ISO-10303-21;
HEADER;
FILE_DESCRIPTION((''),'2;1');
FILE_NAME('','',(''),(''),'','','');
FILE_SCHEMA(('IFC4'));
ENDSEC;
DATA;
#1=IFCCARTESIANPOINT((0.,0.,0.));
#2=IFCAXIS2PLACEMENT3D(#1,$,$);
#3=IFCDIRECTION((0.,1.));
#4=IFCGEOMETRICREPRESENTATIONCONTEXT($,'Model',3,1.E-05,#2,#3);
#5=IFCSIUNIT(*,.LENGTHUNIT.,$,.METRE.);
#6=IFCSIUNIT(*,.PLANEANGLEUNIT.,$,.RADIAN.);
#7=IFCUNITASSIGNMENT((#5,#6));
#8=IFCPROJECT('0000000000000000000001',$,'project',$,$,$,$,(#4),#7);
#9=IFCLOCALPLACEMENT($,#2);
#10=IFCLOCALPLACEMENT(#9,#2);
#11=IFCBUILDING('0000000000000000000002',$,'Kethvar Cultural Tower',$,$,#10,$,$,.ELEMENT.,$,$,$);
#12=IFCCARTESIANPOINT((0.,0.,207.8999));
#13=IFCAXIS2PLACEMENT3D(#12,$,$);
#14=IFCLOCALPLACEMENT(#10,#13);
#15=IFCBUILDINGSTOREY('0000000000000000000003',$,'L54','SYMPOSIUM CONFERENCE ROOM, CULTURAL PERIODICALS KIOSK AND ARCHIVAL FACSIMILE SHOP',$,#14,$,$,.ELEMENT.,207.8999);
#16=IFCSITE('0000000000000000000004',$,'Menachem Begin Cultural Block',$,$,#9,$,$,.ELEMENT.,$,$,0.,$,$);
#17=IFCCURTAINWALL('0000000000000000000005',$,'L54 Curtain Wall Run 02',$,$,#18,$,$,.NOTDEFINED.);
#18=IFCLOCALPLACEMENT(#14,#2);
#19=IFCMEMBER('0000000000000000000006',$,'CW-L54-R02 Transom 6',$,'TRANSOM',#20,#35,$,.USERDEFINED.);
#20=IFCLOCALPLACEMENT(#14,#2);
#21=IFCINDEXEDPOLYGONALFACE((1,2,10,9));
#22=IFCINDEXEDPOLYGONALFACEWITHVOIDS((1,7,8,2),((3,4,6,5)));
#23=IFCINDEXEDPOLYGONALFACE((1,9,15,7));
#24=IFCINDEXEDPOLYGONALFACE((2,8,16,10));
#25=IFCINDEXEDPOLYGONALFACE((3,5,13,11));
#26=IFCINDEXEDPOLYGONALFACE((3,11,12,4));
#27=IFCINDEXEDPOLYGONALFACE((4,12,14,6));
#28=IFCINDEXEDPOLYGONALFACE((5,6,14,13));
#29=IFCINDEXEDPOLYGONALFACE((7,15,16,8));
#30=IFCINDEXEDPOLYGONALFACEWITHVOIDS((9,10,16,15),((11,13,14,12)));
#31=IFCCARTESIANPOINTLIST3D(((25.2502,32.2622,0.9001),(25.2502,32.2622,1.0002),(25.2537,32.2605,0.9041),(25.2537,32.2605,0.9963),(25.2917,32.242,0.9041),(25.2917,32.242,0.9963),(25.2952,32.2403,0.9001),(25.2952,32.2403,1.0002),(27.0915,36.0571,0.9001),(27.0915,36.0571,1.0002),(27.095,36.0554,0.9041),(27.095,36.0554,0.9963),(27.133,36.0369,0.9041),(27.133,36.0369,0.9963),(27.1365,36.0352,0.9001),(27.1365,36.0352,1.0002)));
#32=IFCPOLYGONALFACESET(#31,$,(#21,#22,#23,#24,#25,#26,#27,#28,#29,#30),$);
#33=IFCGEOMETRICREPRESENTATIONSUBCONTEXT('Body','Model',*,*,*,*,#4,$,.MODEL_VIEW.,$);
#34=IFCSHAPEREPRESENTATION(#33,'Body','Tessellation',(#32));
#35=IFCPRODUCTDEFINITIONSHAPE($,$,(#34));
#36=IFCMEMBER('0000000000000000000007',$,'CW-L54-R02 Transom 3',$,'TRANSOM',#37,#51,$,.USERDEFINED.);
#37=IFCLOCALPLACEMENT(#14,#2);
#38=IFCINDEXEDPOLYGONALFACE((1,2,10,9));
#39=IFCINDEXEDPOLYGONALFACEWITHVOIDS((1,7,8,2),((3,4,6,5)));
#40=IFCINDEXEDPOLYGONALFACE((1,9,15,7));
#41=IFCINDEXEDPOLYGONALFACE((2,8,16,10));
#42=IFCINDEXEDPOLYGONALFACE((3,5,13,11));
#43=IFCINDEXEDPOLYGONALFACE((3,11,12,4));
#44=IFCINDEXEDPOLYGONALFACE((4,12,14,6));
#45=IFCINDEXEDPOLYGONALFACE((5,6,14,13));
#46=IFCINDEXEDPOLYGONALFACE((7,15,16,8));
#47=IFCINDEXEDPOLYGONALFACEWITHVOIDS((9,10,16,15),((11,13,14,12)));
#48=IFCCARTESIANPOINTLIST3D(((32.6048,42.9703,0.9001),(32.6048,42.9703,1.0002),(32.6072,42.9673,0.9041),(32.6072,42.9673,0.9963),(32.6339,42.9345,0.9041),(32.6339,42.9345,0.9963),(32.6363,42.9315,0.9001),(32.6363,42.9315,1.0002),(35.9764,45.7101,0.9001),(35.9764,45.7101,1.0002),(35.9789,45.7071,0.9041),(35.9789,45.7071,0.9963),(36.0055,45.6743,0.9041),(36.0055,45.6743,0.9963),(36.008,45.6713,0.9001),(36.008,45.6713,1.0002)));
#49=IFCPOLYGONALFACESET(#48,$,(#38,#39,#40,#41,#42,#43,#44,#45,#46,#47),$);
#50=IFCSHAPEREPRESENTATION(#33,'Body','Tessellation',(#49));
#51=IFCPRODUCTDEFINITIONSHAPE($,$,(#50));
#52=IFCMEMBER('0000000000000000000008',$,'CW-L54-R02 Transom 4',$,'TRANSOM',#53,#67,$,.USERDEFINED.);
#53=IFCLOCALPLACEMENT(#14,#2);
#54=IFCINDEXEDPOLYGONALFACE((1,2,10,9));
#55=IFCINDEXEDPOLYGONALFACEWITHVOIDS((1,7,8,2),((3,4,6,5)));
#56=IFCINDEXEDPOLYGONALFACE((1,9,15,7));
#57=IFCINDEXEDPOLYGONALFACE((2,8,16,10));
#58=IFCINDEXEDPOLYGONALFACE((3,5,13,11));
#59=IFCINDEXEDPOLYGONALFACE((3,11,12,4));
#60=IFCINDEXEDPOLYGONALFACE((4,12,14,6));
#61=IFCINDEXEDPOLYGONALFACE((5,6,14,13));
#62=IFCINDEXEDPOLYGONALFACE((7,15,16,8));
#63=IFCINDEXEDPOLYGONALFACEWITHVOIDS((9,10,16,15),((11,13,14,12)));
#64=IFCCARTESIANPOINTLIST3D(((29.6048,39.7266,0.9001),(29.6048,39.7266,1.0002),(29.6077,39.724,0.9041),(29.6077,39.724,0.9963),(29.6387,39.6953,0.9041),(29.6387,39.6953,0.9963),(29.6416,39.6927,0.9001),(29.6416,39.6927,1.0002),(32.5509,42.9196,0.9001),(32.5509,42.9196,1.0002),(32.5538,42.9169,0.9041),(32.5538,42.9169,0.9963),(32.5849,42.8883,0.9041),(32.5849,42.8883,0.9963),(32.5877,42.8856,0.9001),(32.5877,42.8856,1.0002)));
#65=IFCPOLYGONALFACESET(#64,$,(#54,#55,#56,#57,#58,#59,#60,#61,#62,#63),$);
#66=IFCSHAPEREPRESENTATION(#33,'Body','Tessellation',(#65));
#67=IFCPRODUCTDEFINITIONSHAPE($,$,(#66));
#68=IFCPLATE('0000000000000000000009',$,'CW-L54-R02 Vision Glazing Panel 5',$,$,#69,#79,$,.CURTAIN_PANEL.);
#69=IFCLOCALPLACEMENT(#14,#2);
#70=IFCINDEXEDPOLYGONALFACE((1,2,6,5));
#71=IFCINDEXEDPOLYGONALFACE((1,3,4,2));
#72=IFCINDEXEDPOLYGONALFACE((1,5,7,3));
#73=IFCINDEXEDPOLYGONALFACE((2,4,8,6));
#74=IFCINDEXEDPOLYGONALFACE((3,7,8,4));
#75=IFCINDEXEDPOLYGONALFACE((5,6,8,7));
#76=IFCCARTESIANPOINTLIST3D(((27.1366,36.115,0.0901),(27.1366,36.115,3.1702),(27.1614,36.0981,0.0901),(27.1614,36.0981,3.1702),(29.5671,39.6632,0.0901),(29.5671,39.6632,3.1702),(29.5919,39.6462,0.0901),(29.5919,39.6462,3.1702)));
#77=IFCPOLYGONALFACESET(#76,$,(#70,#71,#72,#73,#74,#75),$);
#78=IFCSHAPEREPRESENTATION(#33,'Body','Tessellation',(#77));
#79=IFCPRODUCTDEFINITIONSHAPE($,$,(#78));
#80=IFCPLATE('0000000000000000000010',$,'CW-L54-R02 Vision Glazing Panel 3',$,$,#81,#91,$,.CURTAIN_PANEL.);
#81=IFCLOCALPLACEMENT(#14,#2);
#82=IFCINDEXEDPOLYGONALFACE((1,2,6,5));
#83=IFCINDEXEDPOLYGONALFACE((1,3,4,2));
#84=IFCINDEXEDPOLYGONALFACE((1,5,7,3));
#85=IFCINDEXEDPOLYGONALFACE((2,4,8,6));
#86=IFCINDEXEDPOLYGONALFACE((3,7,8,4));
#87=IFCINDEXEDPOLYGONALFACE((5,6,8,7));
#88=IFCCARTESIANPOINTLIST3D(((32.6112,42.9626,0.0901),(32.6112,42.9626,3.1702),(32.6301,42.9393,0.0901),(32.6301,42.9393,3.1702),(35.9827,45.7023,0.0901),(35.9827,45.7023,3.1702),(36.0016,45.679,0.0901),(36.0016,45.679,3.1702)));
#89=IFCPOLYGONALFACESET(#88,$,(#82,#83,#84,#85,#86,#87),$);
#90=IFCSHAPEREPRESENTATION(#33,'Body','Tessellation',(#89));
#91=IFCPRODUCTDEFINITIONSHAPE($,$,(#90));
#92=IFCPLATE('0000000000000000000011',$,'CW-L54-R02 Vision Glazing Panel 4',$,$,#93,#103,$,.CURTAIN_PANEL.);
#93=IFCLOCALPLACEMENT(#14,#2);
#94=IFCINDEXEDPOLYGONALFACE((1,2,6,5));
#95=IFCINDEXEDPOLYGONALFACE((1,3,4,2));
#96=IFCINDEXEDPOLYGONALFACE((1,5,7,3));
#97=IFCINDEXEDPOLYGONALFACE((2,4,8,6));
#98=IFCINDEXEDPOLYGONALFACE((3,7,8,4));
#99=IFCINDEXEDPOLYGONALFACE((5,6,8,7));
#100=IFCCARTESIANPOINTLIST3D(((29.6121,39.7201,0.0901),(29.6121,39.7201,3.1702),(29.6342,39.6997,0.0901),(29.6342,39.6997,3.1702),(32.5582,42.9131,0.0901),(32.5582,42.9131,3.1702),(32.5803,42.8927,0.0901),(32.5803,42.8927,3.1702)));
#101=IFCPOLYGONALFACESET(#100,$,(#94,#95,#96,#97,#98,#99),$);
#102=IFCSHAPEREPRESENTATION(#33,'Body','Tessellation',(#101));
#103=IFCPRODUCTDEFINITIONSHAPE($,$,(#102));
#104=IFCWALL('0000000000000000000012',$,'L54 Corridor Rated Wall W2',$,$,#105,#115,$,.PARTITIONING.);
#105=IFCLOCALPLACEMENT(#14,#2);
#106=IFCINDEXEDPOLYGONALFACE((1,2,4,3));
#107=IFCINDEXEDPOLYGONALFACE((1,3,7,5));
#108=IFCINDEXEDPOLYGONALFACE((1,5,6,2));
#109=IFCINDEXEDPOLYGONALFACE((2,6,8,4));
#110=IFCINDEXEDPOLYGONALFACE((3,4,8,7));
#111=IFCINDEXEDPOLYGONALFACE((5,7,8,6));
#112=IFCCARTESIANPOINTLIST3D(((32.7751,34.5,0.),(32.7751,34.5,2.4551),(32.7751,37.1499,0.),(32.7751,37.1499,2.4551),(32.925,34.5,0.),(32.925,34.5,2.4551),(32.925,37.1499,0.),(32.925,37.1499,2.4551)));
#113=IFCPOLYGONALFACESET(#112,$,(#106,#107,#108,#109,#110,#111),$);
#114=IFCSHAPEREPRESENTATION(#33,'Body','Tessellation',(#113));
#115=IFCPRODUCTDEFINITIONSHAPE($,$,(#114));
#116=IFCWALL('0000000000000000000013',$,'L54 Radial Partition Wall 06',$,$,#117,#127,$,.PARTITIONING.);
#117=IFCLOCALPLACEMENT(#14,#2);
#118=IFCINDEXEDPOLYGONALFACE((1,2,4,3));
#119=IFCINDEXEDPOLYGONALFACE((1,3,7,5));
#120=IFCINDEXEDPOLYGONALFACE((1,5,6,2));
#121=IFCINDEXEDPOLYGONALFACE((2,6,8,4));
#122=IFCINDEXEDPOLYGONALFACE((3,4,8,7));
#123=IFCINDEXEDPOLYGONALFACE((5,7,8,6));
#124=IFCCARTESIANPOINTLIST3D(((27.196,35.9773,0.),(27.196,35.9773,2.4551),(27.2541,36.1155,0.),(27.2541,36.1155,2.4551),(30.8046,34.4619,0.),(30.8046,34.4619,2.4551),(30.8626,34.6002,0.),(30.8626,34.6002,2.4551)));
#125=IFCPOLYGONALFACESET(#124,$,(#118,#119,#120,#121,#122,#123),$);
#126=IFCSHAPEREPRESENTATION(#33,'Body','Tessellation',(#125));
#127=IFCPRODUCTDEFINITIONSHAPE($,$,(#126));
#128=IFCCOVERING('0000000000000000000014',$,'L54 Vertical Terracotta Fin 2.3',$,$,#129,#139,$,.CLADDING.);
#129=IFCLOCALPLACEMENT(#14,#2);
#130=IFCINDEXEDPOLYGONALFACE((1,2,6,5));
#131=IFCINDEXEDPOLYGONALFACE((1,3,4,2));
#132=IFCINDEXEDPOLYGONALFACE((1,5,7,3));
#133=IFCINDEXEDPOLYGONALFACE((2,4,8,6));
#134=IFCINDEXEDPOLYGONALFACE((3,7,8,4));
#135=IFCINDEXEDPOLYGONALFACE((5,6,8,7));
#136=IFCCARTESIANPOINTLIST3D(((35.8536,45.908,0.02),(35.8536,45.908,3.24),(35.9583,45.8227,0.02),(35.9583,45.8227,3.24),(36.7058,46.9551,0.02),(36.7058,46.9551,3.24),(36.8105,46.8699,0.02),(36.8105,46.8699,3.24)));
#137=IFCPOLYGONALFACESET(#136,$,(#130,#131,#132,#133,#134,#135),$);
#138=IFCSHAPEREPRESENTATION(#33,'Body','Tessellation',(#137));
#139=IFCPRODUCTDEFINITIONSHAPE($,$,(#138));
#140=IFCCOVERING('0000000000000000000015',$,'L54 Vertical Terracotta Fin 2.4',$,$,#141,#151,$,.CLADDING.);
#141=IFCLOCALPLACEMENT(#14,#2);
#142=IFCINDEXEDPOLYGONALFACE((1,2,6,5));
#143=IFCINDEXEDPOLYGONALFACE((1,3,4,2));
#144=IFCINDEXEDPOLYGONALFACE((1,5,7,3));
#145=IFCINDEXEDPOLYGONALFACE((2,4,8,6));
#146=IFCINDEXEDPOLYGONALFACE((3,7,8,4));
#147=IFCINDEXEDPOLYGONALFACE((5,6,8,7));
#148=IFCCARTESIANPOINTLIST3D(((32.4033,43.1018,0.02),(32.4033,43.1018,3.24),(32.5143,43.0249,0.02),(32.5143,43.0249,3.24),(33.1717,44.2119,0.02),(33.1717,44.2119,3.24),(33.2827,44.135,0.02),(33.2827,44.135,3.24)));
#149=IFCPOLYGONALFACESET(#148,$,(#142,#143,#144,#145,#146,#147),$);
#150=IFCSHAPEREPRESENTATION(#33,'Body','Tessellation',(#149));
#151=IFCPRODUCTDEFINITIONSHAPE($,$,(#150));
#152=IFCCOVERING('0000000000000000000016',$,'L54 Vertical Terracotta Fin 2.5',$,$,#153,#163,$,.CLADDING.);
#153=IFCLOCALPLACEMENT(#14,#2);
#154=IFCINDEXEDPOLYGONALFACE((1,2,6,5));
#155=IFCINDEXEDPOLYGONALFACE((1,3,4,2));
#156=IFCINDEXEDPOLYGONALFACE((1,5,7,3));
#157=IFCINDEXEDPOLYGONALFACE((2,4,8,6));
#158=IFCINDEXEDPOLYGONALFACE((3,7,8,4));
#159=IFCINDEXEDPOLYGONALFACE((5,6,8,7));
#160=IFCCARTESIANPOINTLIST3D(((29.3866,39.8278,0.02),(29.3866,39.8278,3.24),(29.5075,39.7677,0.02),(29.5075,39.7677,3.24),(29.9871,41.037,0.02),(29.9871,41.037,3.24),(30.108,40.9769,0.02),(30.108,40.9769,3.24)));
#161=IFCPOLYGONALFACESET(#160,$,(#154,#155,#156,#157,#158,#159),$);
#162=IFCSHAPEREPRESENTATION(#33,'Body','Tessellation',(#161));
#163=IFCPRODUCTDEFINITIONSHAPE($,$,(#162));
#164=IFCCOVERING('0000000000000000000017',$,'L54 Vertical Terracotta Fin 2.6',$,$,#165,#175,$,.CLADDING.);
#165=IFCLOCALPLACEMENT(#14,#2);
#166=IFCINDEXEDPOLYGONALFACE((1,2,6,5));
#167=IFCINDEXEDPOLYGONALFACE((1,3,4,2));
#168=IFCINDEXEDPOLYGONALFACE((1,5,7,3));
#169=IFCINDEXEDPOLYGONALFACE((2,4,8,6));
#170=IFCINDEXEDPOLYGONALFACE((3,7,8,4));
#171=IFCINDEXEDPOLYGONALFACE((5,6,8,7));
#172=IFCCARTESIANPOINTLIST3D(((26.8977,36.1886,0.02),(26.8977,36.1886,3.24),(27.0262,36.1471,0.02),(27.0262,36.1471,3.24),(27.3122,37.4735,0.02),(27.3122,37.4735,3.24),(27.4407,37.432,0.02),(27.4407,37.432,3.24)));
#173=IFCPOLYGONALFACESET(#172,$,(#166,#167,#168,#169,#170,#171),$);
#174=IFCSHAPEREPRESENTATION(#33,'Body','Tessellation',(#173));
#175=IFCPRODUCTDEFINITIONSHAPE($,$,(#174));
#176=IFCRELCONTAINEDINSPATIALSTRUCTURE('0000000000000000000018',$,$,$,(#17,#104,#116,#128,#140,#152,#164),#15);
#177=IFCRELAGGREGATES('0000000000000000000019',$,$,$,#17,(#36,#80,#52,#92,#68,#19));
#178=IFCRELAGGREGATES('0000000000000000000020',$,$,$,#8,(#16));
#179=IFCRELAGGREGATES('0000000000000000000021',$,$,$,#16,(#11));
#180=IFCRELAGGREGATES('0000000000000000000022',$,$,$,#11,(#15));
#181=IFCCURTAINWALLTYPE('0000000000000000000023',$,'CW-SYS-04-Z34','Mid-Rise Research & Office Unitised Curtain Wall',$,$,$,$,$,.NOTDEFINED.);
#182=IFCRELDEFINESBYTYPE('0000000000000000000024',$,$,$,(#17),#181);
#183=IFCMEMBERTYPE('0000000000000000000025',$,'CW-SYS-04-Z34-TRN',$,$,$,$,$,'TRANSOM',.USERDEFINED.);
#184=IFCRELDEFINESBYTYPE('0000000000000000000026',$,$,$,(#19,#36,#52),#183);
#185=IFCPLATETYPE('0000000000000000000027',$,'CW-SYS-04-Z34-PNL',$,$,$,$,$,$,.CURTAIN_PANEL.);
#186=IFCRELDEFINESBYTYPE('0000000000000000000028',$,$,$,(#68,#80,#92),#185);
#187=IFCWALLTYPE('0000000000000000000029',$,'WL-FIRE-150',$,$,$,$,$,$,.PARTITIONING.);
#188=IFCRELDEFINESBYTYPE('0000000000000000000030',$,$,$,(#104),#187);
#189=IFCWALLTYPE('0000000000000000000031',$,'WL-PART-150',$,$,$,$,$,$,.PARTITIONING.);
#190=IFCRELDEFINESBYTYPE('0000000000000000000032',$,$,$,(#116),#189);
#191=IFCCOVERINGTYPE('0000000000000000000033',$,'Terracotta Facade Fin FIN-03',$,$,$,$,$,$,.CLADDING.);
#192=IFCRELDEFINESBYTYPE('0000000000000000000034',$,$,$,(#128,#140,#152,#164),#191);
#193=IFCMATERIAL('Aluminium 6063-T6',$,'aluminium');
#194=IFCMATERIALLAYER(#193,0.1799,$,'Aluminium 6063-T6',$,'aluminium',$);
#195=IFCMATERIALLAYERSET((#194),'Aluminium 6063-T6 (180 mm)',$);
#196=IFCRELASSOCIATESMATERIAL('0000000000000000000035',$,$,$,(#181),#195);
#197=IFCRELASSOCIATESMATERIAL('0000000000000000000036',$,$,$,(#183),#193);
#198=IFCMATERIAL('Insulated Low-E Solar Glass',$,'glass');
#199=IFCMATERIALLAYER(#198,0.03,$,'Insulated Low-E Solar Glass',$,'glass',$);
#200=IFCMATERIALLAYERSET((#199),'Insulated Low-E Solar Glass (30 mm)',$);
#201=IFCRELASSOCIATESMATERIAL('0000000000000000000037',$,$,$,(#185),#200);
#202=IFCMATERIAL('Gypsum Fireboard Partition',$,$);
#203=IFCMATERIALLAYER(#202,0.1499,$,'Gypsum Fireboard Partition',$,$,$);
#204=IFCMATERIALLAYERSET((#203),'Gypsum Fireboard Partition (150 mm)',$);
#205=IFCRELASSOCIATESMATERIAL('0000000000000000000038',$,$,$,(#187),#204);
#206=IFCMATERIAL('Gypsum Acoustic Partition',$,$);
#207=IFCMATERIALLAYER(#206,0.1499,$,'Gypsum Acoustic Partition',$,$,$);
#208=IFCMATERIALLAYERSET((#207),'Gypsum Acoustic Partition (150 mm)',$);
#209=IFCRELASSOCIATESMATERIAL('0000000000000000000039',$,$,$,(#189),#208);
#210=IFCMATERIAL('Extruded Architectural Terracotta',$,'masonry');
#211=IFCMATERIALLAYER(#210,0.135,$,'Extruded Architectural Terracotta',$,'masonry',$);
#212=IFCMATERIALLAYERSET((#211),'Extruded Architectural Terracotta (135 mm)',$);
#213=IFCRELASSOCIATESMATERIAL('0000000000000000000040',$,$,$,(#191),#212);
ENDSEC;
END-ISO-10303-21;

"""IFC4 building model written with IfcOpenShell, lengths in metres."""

from ifc_helpers import new_model, si_unit, direction, frame, frame_2d, origin, origin_2d, place, context, subcontext, project, spatial, rectangle, hollow_rectangle, extrude, source, transform, mapped, material, layer, layer_set, material_profile, profile_set, type_object, element, aggregate, save


model = new_model("IFC4")

# Units and contexts
model_context = context("Model", 3, precision=1e-05, world=origin(), true_north=direction((0.0, 1.0)))
body_context = subcontext(model_context, "Body", "Model", "MODEL_VIEW")
ifc_project = project(units=[si_unit("LENGTHUNIT", "METRE"), si_unit("PLANEANGLEUNIT", "RADIAN")], contexts=[model_context])

# Site, building, storey
site_placement = place(None, origin())
site = spatial("IfcSite", under=ifc_project, at=site_placement, Name="Menachem Begin Cultural Block", CompositionType="ELEMENT", RefElevation=0.0)
building_placement = place(site_placement, origin())
building = spatial("IfcBuilding", under=site, at=building_placement, Name="Kethvar Cultural Tower", CompositionType="ELEMENT")
storey_placement = place(building_placement, frame((0.0, 0.0, 207.8999)))
storey = spatial("IfcBuildingStorey", under=building, at=storey_placement, Name="L54", Description="SYMPOSIUM CONFERENCE ROOM, CULTURAL PERIODICALS KIOSK AND ARCHIVAL FACSIMILE SHOP", CompositionType="ELEMENT", Elevation=207.8999)

# Curtain wall, members, plates
ifc_material_1 = material(Name="Aluminium 6063-T6", Category="aluminium")
ifc_layer_1 = layer(ifc_material_1, 0.1799, Name="Aluminium 6063-T6", Category="aluminium")
ifc_layer_set_1 = layer_set([ifc_layer_1], Name="Aluminium 6063-T6 (180 mm)")
curtain_wall_type = type_object("IfcCurtainWallType", Name="CW-SYS-04-Z34", Description="Mid-Rise Research & Office Unitised Curtain Wall", PredefinedType="NOTDEFINED", material=ifc_layer_set_1)
curtain_wall_placement = place(storey_placement, origin())
curtain_wall = element("IfcCurtainWall", 1, at=curtain_wall_placement, inside=storey, type_object=curtain_wall_type, Name="L54 Curtain Wall Run 02", PredefinedType="NOTDEFINED")
ifc_material_profile_1 = material_profile(ifc_material_1, hollow_rectangle(XDim=0.05, YDim=0.1001, WallThickness=0.0039, at=origin_2d()), Name="Aluminium 6063-T6 — RHS100x50x4")
ifc_profile_set_1 = profile_set([ifc_material_profile_1], Name="Aluminium 6063-T6 — RHS100x50x4")
member_type_1 = type_object("IfcMemberType", Name="CW-SYS-04-Z34-TRN", ElementType="TRANSOM", PredefinedType="USERDEFINED", material=ifc_profile_set_1)
shared_shape_1 = source(origin(), body_context, "Body", "SweptSolid", [
    extrude(hollow_rectangle(XDim=0.05, YDim=0.1001, WallThickness=0.0039, at=origin_2d()), origin(), (0.0, 0.0, 1.0), 4.218),
])
member_1_placement = place(storey_placement, frame((27.114, 36.0461, 0.9502), z_axis=(-0.436532, -0.899689, 0.0), x_axis=(0.899689, -0.436532, 0.0)))
member_1 = element("IfcMember", 2, at=member_1_placement, type_object=member_type_1, Name="CW-L54-R02 Transom 6", ObjectType="TRANSOM", PredefinedType="USERDEFINED", context=body_context, shape_type="MappedRepresentation", body=[
    mapped(shared_shape_1, transform((0.0, 0.0, 0.0), scale=1.0)),
])
shared_shape_2 = source(origin(), body_context, "Body", "SweptSolid", [
    extrude(hollow_rectangle(XDim=0.05, YDim=0.1001, WallThickness=0.0039, at=origin_2d()), origin(), (0.0, 0.0, 1.0), 4.3445),
])
member_2_placement = place(storey_placement, frame((35.9922, 45.6907, 0.9502), z_axis=(-0.776076, -0.630639, 0.0), x_axis=(0.630639, -0.776076, 0.0)))
member_2 = element("IfcMember", 3, at=member_2_placement, type_object=member_type_1, Name="CW-L54-R02 Transom 3", ObjectType="TRANSOM", PredefinedType="USERDEFINED", context=body_context, shape_type="MappedRepresentation", body=[
    mapped(shared_shape_2, transform((0.0, 0.0, 0.0), scale=1.0)),
])
member_3_placement = place(storey_placement, frame((32.5693, 42.9026, 0.9502), z_axis=(-0.678128, -0.734943, 0.0), x_axis=(0.734943, -0.678128, 0.0)))
member_3 = element("IfcMember", 4, at=member_3_placement, type_object=member_type_1, Name="CW-L54-R02 Transom 4", ObjectType="TRANSOM", PredefinedType="USERDEFINED", context=body_context, shape_type="MappedRepresentation", body=[
    mapped(shared_shape_2, transform((0.0, 0.0, 0.0), scale=1.0)),
])
ifc_material_2 = material(Name="Insulated Low-E Solar Glass", Category="glass")
ifc_layer_2 = layer(ifc_material_2, 0.03, Name="Insulated Low-E Solar Glass", Category="glass")
ifc_layer_set_2 = layer_set([ifc_layer_2], Name="Insulated Low-E Solar Glass (30 mm)")
plate_type = type_object("IfcPlateType", Name="CW-SYS-04-Z34-PNL", PredefinedType="CURTAIN_PANEL", material=ifc_layer_set_2)
shared_shape_3 = source(origin(), body_context, "Body", "SweptSolid", [
    extrude(rectangle(XDim=4.3008, YDim=0.03, at=origin_2d()), origin(), (0.0, 0.0, 1.0), 3.0801),
])
plate_1_placement = place(storey_placement, frame((28.3643, 37.8806, 0.0901), z_axis=(0.0, 0.0, 1.0), x_axis=(-0.56514, -0.824995, 0.0)))
plate_1 = element("IfcPlate", 5, at=plate_1_placement, type_object=plate_type, Name="CW-L54-R02 Vision Glazing Panel 5", PredefinedType="CURTAIN_PANEL", context=body_context, shape_type="MappedRepresentation", body=[
    mapped(shared_shape_3, transform((0.0, 0.0, 0.0), scale=1.0)),
])
shared_shape_4 = source(origin(), body_context, "Body", "SweptSolid", [
    extrude(rectangle(XDim=4.3442, YDim=0.03, at=origin_2d()), origin(), (0.0, 0.0, 1.0), 3.0801),
])
plate_2_placement = place(storey_placement, frame((34.3064, 44.3208, 0.0901), z_axis=(0.0, 0.0, 1.0), x_axis=(-0.776079, -0.630635, 0.0)))
plate_2 = element("IfcPlate", 6, at=plate_2_placement, type_object=plate_type, Name="CW-L54-R02 Vision Glazing Panel 3", PredefinedType="CURTAIN_PANEL", context=body_context, shape_type="MappedRepresentation", body=[
    mapped(shared_shape_4, transform((0.0, 0.0, 0.0), scale=1.0)),
])
shared_shape_5 = source(origin(), body_context, "Body", "SweptSolid", [
    extrude(rectangle(XDim=4.3445, YDim=0.03, at=origin_2d()), origin(), (0.0, 0.0, 1.0), 3.0801),
])
plate_3_placement = place(storey_placement, frame((31.0962, 41.3064, 0.0901), z_axis=(0.0, 0.0, 1.0), x_axis=(-0.678121, -0.73495, 0.0)))
plate_3 = element("IfcPlate", 7, at=plate_3_placement, type_object=plate_type, Name="CW-L54-R02 Vision Glazing Panel 4", PredefinedType="CURTAIN_PANEL", context=body_context, shape_type="MappedRepresentation", body=[
    mapped(shared_shape_5, transform((0.0, 0.0, 0.0), scale=1.0)),
])
aggregate(curtain_wall, [member_2, plate_2, member_3, plate_3, plate_1, member_1])

# Walls
ifc_material_3 = material(Name="Gypsum Fireboard Partition")
ifc_layer_3 = layer(ifc_material_3, 0.1499, Name="Gypsum Fireboard Partition")
ifc_layer_set_3 = layer_set([ifc_layer_3], Name="Gypsum Fireboard Partition (150 mm)")
wall_type_1 = type_object("IfcWallType", Name="WL-FIRE-150", PredefinedType="PARTITIONING", material=ifc_layer_set_3)
wall_1_placement = place(storey_placement, frame((32.8501, 37.1499, 0.0), z_axis=(0.0, 0.0, 1.0), x_axis=(0.0, -1.0, 0.0)))
element("IfcWall", 8, at=wall_1_placement, inside=storey, type_object=wall_type_1, Name="L54 Corridor Rated Wall W2", PredefinedType="PARTITIONING", context=body_context, shape_type="SweptSolid", body=[
    extrude(rectangle(XDim=2.6499, YDim=0.1499, at=frame_2d((1.325, 0.0))), origin(), (0.0, 0.0, 1.0), 2.4551),
])
ifc_material_4 = material(Name="Gypsum Acoustic Partition")
ifc_layer_4 = layer(ifc_material_4, 0.1499, Name="Gypsum Acoustic Partition")
ifc_layer_set_4 = layer_set([ifc_layer_4], Name="Gypsum Acoustic Partition (150 mm)")
wall_type_2 = type_object("IfcWallType", Name="WL-PART-150", PredefinedType="PARTITIONING", material=ifc_layer_set_4)
wall_2_placement = place(storey_placement, frame((30.8337, 34.531, 0.0), z_axis=(0.0, 0.0, 1.0), x_axis=(-0.922005, 0.387178, 0.0)))
element("IfcWall", 9, at=wall_2_placement, inside=storey, type_object=wall_type_2, Name="L54 Radial Partition Wall 06", PredefinedType="PARTITIONING", context=body_context, shape_type="SweptSolid", body=[
    extrude(rectangle(XDim=3.9138, YDim=0.1499, at=frame_2d((1.957, 0.0))), origin(), (0.0, 0.0, 1.0), 2.4551),
])

# Coverings
ifc_material_5 = material(Name="Extruded Architectural Terracotta", Category="masonry")
ifc_layer_5 = layer(ifc_material_5, 0.135, Name="Extruded Architectural Terracotta", Category="masonry")
ifc_layer_set_5 = layer_set([ifc_layer_5], Name="Extruded Architectural Terracotta (135 mm)")
covering_type = type_object("IfcCoveringType", Name="Terracotta Facade Fin FIN-03", PredefinedType="CLADDING", material=ifc_layer_set_5)
shared_shape_6 = source(origin(), body_context, "Body", "SweptSolid", [
    extrude(rectangle(XDim=1.3501, YDim=0.135, at=origin_2d()), origin(), (0.0, 0.0, 1.0), 3.22),
])
for number, where, z_axis, x_axis, name in (
    (10, (36.332, 46.3889, 0.02), (0.0, 0.0, 1.0), (0.631217, 0.775606, 0.0), "L54 Vertical Terracotta Fin 2.3"),
    (11, (32.843, 43.6184, 0.02), (0.0, 0.0, 1.0), (0.569136, 0.822243, 0.0), "L54 Vertical Terracotta Fin 2.4"),
    (12, (29.7473, 40.4023, 0.02), (0.0, 0.0, 1.0), (0.444792, 0.895634, 0.0), "L54 Vertical Terracotta Fin 2.5"),
    (13, (27.1692, 36.8103, 0.02), (0.0, 0.0, 1.0), (0.307024, 0.951702, 0.0), "L54 Vertical Terracotta Fin 2.6"),
):
    element("IfcCovering", number, at=place(storey_placement, frame(where, z_axis=z_axis, x_axis=x_axis)), inside=storey, type_object=covering_type, Name=name, PredefinedType="CLADDING", context=body_context, shape_type="MappedRepresentation", body=[
        mapped(shared_shape_6, transform((0.0, 0.0, 0.0), scale=1.0)),
    ])

save(model, "model.ifc")
